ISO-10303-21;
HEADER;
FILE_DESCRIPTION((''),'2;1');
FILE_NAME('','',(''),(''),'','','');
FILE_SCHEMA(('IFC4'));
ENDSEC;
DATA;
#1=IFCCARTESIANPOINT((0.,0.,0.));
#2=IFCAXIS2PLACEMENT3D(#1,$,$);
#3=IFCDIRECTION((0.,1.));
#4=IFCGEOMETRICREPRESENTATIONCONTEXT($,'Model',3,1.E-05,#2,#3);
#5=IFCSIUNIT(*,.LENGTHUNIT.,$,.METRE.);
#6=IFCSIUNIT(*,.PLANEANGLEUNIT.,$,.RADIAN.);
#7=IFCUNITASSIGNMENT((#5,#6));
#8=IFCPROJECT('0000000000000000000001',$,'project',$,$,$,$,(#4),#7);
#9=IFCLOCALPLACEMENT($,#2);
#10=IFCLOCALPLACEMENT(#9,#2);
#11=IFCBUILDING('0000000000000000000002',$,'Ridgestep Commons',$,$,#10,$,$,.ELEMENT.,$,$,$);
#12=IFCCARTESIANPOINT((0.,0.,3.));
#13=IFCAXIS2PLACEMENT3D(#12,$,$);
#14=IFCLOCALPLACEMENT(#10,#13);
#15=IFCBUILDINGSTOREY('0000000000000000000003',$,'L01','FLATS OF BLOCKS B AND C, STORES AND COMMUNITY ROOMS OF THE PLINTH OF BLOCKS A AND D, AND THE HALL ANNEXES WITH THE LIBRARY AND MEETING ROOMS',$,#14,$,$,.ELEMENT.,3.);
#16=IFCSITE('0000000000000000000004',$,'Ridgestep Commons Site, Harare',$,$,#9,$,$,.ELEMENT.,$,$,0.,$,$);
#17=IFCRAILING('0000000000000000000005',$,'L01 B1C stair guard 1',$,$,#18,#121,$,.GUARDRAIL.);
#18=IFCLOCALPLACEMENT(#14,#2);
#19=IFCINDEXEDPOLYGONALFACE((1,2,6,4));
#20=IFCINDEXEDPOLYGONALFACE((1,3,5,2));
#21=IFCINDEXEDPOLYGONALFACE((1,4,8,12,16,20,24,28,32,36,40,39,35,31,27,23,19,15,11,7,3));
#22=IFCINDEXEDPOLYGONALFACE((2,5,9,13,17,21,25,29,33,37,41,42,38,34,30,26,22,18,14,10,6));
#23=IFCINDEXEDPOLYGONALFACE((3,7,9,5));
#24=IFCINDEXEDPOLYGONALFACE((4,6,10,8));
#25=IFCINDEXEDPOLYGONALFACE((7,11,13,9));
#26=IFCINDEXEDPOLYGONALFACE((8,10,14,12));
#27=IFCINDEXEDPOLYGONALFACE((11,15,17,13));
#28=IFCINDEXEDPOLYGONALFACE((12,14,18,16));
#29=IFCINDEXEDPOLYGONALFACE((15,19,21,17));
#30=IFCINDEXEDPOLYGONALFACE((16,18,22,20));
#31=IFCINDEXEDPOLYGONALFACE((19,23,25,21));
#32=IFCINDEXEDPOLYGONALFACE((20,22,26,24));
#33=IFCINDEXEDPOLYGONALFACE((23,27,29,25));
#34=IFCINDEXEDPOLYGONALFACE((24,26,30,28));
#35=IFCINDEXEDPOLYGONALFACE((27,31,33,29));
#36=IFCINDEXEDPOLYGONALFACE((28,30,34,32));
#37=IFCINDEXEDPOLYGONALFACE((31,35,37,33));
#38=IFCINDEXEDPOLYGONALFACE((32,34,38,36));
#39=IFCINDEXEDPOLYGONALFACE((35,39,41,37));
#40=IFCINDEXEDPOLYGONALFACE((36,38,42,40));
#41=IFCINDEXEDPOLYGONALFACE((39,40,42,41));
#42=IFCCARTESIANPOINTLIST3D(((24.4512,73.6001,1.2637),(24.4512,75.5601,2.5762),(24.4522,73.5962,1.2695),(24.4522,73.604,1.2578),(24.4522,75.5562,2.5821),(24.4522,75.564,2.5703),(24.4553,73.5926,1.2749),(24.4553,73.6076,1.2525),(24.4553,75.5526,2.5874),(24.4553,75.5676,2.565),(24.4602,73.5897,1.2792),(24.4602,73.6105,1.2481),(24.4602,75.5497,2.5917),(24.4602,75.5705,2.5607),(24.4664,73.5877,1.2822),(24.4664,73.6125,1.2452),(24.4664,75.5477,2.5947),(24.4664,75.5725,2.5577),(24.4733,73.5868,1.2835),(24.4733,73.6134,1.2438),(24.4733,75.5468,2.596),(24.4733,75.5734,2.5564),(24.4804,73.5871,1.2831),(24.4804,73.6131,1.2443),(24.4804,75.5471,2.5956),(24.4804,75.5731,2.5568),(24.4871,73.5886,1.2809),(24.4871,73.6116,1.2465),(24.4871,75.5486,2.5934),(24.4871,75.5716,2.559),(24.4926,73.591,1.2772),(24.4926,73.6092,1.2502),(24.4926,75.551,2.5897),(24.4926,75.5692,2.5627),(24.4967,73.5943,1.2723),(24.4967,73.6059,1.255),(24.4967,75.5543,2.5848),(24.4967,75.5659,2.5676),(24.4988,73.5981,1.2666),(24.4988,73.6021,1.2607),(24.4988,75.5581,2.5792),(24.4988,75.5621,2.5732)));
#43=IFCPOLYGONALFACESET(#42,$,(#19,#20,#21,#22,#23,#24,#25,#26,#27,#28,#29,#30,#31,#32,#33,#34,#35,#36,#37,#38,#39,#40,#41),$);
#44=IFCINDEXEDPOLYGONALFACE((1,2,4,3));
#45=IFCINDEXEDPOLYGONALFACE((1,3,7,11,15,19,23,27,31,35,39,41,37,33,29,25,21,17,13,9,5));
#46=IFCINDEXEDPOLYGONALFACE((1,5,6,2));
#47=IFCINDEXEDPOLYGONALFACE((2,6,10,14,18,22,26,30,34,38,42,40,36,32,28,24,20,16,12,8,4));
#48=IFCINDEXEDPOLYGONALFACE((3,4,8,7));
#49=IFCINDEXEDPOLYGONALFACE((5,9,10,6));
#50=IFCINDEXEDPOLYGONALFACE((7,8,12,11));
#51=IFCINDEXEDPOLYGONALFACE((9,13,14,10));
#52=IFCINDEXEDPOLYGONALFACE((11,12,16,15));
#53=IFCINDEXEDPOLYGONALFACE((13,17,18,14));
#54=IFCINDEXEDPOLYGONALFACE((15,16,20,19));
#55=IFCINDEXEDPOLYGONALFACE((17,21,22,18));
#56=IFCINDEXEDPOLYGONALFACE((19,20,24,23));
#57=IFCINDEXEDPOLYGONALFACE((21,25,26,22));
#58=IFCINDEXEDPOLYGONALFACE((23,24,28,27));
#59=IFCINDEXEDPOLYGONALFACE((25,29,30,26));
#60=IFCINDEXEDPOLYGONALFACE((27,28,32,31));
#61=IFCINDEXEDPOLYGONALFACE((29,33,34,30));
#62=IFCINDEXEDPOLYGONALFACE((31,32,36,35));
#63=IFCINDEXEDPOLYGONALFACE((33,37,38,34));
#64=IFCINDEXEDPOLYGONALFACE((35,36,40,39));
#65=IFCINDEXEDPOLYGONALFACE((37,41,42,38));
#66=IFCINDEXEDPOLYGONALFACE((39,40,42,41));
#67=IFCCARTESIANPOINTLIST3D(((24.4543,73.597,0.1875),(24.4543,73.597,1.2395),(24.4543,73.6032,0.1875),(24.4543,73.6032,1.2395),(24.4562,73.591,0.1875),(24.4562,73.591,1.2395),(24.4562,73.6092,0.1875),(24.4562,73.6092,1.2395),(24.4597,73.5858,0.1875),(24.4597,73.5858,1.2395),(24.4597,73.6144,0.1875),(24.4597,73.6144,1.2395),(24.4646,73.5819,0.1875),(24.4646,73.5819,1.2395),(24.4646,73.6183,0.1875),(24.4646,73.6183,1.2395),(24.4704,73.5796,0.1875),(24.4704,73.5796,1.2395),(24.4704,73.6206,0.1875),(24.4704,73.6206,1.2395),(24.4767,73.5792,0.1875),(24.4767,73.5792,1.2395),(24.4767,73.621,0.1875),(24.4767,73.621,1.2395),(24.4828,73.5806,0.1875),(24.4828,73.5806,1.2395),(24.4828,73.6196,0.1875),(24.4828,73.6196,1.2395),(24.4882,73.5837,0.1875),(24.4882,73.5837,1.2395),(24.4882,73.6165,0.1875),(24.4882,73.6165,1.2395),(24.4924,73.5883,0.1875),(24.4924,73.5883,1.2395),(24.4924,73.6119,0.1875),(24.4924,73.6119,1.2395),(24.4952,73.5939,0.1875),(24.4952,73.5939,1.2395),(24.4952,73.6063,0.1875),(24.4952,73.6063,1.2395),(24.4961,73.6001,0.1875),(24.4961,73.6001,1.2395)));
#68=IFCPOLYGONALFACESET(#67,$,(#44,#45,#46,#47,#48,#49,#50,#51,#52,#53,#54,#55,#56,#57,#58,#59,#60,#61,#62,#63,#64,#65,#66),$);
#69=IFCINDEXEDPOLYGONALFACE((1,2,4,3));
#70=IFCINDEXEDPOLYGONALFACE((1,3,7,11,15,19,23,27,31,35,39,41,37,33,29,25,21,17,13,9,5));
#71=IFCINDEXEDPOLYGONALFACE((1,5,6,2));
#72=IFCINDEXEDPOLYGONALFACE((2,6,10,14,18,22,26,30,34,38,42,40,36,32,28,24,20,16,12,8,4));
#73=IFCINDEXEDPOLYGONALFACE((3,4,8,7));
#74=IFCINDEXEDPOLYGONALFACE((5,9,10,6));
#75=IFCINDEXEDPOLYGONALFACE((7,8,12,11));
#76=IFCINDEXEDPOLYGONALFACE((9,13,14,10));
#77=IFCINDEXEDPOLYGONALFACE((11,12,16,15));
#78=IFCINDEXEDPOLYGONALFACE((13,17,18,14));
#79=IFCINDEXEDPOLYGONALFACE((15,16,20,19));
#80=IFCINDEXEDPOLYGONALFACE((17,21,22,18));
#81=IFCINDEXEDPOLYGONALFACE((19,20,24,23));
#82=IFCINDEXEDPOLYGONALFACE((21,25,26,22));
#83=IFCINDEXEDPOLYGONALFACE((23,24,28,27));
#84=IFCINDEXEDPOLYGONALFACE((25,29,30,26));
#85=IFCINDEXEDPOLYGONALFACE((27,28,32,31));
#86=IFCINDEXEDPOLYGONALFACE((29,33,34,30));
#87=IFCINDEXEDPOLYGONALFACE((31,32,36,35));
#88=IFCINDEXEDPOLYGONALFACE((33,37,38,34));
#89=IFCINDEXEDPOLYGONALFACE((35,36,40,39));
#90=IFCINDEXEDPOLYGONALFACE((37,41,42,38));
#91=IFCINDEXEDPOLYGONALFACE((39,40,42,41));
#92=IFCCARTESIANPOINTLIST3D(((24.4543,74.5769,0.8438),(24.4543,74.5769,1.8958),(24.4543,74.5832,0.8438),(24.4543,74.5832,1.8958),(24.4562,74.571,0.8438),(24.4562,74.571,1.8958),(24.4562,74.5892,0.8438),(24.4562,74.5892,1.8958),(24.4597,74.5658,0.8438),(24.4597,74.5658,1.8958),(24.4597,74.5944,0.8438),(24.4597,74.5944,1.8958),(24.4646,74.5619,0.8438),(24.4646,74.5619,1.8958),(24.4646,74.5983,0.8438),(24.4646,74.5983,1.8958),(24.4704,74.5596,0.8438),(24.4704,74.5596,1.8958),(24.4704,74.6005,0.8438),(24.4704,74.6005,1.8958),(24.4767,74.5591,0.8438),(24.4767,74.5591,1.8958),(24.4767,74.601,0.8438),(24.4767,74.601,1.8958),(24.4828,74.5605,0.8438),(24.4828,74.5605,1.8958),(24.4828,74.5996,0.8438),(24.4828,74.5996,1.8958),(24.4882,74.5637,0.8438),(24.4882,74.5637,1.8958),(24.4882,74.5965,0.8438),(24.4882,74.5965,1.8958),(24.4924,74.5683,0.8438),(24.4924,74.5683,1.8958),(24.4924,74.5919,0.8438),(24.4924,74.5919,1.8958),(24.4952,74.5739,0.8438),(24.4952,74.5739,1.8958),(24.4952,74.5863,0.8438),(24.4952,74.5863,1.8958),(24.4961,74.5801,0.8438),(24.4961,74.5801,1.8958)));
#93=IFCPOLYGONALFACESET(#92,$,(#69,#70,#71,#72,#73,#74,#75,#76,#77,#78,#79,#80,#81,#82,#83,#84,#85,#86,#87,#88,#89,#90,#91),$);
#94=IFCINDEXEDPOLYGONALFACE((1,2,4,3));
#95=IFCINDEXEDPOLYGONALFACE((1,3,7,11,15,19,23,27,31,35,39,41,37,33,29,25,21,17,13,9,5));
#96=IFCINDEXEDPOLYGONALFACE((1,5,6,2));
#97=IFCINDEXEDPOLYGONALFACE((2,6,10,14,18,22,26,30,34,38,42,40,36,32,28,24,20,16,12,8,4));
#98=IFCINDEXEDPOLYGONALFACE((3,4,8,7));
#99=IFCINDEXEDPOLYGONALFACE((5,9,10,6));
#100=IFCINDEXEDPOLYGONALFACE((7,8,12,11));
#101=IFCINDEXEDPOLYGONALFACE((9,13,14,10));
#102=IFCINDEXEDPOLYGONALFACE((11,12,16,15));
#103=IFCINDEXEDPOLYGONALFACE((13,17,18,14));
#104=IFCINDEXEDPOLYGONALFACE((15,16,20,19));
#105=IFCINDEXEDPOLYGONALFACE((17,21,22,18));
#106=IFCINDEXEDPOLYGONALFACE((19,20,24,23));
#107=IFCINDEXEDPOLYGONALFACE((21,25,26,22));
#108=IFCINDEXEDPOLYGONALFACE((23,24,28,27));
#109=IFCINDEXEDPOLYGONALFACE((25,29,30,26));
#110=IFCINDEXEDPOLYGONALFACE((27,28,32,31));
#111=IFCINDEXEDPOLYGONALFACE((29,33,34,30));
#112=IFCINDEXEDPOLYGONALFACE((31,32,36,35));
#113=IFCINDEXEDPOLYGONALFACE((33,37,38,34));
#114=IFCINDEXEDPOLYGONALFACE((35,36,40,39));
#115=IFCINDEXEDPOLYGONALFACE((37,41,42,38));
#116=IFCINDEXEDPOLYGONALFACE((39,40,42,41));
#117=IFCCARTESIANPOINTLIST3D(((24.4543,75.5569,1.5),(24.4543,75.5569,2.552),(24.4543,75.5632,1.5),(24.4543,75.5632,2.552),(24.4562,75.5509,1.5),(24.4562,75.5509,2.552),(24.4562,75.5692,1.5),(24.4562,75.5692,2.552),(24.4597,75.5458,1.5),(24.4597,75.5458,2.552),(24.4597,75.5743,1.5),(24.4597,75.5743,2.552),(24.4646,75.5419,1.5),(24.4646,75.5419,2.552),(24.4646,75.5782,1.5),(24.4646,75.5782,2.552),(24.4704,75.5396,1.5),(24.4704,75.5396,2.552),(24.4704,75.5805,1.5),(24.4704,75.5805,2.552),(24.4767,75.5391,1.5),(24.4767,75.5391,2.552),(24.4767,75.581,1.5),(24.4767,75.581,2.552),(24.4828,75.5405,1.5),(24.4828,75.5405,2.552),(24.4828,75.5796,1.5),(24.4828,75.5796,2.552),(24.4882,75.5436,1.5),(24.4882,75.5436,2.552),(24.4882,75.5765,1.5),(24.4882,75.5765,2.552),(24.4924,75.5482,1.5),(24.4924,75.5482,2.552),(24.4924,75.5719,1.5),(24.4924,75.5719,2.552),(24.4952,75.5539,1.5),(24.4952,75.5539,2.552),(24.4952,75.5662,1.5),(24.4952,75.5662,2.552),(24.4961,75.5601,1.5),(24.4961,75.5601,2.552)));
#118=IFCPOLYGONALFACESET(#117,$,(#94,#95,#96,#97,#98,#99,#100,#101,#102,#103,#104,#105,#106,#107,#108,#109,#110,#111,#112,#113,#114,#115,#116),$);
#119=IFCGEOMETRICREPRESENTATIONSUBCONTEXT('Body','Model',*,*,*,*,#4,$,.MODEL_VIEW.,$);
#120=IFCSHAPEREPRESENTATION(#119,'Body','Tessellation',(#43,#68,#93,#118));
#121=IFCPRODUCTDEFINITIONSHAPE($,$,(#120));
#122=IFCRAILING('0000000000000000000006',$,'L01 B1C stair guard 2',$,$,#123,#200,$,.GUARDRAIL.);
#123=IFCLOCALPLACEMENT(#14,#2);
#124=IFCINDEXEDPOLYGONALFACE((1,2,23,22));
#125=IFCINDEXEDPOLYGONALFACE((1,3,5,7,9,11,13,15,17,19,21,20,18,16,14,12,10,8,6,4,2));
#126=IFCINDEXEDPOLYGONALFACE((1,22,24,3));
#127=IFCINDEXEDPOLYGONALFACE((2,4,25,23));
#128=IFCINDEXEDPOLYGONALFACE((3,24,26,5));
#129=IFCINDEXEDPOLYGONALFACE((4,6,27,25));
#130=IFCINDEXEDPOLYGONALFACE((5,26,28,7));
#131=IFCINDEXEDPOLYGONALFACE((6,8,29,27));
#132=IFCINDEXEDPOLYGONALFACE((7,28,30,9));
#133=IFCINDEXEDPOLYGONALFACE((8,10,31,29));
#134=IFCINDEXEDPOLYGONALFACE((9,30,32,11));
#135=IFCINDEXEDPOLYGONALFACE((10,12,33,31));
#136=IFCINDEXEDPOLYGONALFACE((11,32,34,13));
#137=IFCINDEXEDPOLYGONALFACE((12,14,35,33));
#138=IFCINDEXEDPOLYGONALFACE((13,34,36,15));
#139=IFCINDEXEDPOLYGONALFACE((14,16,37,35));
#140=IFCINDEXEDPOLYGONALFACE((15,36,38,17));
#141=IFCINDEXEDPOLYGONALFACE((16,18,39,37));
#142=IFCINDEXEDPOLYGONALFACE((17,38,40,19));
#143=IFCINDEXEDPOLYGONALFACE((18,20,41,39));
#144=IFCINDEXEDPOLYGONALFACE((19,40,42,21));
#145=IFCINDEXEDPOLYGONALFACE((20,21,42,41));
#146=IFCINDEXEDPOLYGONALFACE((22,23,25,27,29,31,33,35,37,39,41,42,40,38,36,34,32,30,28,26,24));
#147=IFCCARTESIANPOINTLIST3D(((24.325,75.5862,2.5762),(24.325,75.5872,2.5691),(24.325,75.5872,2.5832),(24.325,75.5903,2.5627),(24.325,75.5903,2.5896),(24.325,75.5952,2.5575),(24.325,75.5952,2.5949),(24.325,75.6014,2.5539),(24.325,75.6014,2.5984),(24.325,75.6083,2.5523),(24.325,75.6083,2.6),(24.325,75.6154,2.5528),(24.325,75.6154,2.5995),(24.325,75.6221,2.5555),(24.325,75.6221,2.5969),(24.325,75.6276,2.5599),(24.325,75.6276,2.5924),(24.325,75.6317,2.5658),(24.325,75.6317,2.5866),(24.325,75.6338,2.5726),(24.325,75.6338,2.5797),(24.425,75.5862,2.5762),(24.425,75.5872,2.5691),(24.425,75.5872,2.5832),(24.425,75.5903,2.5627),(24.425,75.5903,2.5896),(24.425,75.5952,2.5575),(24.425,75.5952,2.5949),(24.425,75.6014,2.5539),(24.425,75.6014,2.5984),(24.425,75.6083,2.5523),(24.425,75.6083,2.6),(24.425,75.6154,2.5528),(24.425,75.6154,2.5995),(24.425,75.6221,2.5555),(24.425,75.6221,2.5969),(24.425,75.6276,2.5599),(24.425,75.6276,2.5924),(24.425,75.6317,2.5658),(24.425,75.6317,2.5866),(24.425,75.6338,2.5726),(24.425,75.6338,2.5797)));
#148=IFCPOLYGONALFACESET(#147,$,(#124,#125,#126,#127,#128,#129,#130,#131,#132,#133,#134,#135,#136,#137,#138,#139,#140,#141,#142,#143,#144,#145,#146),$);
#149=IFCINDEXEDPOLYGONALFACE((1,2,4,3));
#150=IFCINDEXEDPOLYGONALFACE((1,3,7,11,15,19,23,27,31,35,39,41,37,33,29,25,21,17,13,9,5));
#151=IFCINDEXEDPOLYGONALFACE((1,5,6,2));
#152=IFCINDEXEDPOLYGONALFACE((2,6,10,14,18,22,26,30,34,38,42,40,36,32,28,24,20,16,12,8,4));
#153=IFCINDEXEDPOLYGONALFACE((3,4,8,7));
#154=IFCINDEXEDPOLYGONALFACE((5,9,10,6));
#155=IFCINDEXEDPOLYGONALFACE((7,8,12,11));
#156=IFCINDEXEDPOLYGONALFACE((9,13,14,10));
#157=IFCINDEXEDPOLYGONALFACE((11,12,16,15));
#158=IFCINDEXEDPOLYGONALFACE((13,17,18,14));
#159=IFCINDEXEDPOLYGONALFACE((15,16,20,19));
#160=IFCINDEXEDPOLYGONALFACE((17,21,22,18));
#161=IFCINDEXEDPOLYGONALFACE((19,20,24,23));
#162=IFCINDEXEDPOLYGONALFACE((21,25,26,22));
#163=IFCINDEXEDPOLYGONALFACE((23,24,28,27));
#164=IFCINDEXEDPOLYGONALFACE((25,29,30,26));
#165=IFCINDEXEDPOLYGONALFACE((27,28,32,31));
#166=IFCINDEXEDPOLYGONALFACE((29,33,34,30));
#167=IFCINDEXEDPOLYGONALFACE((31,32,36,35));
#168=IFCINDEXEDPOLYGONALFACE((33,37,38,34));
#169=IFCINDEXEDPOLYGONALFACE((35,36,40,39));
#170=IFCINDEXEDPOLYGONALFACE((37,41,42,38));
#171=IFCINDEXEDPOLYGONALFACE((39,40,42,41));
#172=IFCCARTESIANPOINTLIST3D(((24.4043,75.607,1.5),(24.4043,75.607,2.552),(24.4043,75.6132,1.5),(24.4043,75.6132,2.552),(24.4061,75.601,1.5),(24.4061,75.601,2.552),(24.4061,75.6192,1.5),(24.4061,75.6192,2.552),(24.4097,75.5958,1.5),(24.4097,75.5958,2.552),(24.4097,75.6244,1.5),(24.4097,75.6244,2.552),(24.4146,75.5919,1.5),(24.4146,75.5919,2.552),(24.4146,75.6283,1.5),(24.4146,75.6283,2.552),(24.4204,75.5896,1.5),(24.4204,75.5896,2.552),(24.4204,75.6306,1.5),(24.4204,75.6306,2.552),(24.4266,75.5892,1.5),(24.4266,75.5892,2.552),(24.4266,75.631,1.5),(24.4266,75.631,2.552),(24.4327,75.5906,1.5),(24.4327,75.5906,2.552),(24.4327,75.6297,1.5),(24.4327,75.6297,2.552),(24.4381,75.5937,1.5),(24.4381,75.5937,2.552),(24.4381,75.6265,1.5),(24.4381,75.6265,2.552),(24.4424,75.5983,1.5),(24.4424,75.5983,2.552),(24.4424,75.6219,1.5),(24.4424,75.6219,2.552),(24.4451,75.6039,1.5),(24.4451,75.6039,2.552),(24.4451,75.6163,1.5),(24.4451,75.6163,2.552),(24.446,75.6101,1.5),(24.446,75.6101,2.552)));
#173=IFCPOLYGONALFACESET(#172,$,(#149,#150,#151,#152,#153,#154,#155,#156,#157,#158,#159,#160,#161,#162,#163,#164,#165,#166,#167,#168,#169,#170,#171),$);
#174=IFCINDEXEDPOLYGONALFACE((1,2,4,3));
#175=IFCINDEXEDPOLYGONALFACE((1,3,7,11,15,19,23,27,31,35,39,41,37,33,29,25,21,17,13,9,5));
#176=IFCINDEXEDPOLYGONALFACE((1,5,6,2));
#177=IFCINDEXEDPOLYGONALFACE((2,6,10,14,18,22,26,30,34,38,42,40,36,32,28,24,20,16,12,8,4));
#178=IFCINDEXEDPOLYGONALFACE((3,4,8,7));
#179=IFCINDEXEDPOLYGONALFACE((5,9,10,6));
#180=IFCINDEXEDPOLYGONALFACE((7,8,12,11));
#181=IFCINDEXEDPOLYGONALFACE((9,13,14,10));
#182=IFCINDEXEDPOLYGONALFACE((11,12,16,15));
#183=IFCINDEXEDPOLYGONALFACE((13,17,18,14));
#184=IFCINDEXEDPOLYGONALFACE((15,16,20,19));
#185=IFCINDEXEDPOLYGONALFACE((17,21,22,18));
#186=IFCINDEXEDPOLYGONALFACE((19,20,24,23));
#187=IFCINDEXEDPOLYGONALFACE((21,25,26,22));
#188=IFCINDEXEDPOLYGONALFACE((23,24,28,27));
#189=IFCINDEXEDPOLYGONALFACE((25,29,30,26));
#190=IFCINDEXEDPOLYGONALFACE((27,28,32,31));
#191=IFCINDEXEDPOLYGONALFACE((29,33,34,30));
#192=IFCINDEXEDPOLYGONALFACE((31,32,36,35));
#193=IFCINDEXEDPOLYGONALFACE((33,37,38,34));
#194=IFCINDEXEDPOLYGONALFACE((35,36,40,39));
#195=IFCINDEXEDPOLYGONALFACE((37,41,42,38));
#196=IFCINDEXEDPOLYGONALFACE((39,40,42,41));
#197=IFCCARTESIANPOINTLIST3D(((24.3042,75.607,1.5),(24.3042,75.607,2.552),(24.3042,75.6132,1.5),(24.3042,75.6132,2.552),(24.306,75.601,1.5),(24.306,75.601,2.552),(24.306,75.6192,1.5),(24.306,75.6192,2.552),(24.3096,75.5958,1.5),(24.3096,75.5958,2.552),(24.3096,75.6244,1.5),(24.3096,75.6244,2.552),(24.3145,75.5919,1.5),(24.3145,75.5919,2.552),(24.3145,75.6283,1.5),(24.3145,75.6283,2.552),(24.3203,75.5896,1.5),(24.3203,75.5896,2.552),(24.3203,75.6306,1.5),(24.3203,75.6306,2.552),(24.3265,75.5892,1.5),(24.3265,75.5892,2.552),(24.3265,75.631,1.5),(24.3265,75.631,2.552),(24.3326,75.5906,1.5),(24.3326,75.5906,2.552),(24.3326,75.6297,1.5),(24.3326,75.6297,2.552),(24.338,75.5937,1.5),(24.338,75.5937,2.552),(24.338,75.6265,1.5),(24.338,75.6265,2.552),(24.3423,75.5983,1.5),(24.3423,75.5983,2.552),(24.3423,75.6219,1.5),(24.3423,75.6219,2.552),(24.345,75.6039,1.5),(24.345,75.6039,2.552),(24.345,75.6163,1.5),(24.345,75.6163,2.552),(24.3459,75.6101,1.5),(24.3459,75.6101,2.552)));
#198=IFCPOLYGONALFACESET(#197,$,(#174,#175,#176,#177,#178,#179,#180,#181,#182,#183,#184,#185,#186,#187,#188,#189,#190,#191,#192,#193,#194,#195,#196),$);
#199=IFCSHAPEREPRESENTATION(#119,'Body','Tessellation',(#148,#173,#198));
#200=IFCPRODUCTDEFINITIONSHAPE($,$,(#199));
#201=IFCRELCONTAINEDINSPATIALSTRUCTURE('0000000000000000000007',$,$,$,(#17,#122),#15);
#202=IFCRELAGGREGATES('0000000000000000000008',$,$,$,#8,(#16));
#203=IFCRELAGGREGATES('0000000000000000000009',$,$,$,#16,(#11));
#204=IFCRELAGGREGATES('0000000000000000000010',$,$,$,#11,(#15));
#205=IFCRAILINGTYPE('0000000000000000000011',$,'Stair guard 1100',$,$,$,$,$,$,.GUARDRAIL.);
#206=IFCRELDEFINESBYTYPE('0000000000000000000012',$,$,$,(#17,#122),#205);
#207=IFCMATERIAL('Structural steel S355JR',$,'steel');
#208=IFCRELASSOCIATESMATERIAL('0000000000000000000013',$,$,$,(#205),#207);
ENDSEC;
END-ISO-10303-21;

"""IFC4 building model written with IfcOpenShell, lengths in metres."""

from ifc_helpers import new_model, si_unit, direction, frame, origin, origin_2d, place, context, subcontext, project, spatial, circle, extrude, material, type_object, element, save


model = new_model("IFC4")

# Units and contexts
model_context = context("Model", 3, precision=1e-05, world=origin(), true_north=direction((0.0, 1.0)))
body_context = subcontext(model_context, "Body", "Model", "MODEL_VIEW")
ifc_project = project(units=[si_unit("LENGTHUNIT", "METRE"), si_unit("PLANEANGLEUNIT", "RADIAN")], contexts=[model_context])

# Site, building, storey
site_placement = place(None, origin())
site = spatial("IfcSite", under=ifc_project, at=site_placement, Name="Ridgestep Commons Site, Harare", CompositionType="ELEMENT", RefElevation=0.0)
building_placement = place(site_placement, origin())
building = spatial("IfcBuilding", under=site, at=building_placement, Name="Ridgestep Commons", CompositionType="ELEMENT")
storey_placement = place(building_placement, frame((0.0, 0.0, 3.0)))
storey = spatial("IfcBuildingStorey", under=building, at=storey_placement, Name="L01", Description="FLATS OF BLOCKS B AND C, STORES AND COMMUNITY ROOMS OF THE PLINTH OF BLOCKS A AND D, AND THE HALL ANNEXES WITH THE LIBRARY AND MEETING ROOMS", CompositionType="ELEMENT", Elevation=3.0)

# Railings
ifc_material_1 = material(Name="Structural steel S355JR", Category="steel")
railing_type_1 = type_object("IfcRailingType", Name="Stair guard 1100", PredefinedType="GUARDRAIL", material=ifc_material_1)
railing_1_placement = place(storey_placement, frame((24.4751, 73.6001, 0.1875)))
element("IfcRailing", 1, at=railing_1_placement, inside=storey, type_object=railing_type_1, Name="L01 B1C stair guard 1", PredefinedType="GUARDRAIL", context=body_context, shape_type="SweptSolid", body=[
    extrude(circle(Radius=0.0239, at=origin_2d()), frame((0.0, 0.0, 1.0762), z_axis=(0.0, 0.830902, 0.556419), x_axis=(-1.0, 0.0, 0.0)), (0.0, 0.0, 1.0), 2.3589),
    extrude(circle(Radius=0.021, at=origin_2d()), origin(), (0.0, 0.0, 1.0), 1.052),
    extrude(circle(Radius=0.021, at=origin_2d()), frame((0.0, 0.98, 0.6562)), (0.0, 0.0, 1.0), 1.052),
    extrude(circle(Radius=0.021, at=origin_2d()), frame((0.0, 1.96, 1.3125)), (0.0, 0.0, 1.0), 1.052),
])
for number, where, name in (
    (2, (24.425, 75.6101, 1.5), "L01 B1C stair guard 2"),
):
    element("IfcRailing", number, at=place(storey_placement, frame(where)), inside=storey, type_object=railing_type_1, Name=name, PredefinedType="GUARDRAIL", context=body_context, shape_type="SweptSolid", body=[
        extrude(circle(Radius=0.0239, at=origin_2d()), frame((0.0, 0.0, 1.0762), z_axis=(-1.0, 0.0, 0.0), x_axis=(0.0, -1.0, 0.0)), (0.0, 0.0, 1.0), 0.1001),
        extrude(circle(Radius=0.021, at=origin_2d()), origin(), (0.0, 0.0, 1.0), 1.052),
        extrude(circle(Radius=0.021, at=origin_2d()), frame((-0.1001, 0.0, 0.0)), (0.0, 0.0, 1.0), 1.052),
    ])

save(model, "model.ifc")
